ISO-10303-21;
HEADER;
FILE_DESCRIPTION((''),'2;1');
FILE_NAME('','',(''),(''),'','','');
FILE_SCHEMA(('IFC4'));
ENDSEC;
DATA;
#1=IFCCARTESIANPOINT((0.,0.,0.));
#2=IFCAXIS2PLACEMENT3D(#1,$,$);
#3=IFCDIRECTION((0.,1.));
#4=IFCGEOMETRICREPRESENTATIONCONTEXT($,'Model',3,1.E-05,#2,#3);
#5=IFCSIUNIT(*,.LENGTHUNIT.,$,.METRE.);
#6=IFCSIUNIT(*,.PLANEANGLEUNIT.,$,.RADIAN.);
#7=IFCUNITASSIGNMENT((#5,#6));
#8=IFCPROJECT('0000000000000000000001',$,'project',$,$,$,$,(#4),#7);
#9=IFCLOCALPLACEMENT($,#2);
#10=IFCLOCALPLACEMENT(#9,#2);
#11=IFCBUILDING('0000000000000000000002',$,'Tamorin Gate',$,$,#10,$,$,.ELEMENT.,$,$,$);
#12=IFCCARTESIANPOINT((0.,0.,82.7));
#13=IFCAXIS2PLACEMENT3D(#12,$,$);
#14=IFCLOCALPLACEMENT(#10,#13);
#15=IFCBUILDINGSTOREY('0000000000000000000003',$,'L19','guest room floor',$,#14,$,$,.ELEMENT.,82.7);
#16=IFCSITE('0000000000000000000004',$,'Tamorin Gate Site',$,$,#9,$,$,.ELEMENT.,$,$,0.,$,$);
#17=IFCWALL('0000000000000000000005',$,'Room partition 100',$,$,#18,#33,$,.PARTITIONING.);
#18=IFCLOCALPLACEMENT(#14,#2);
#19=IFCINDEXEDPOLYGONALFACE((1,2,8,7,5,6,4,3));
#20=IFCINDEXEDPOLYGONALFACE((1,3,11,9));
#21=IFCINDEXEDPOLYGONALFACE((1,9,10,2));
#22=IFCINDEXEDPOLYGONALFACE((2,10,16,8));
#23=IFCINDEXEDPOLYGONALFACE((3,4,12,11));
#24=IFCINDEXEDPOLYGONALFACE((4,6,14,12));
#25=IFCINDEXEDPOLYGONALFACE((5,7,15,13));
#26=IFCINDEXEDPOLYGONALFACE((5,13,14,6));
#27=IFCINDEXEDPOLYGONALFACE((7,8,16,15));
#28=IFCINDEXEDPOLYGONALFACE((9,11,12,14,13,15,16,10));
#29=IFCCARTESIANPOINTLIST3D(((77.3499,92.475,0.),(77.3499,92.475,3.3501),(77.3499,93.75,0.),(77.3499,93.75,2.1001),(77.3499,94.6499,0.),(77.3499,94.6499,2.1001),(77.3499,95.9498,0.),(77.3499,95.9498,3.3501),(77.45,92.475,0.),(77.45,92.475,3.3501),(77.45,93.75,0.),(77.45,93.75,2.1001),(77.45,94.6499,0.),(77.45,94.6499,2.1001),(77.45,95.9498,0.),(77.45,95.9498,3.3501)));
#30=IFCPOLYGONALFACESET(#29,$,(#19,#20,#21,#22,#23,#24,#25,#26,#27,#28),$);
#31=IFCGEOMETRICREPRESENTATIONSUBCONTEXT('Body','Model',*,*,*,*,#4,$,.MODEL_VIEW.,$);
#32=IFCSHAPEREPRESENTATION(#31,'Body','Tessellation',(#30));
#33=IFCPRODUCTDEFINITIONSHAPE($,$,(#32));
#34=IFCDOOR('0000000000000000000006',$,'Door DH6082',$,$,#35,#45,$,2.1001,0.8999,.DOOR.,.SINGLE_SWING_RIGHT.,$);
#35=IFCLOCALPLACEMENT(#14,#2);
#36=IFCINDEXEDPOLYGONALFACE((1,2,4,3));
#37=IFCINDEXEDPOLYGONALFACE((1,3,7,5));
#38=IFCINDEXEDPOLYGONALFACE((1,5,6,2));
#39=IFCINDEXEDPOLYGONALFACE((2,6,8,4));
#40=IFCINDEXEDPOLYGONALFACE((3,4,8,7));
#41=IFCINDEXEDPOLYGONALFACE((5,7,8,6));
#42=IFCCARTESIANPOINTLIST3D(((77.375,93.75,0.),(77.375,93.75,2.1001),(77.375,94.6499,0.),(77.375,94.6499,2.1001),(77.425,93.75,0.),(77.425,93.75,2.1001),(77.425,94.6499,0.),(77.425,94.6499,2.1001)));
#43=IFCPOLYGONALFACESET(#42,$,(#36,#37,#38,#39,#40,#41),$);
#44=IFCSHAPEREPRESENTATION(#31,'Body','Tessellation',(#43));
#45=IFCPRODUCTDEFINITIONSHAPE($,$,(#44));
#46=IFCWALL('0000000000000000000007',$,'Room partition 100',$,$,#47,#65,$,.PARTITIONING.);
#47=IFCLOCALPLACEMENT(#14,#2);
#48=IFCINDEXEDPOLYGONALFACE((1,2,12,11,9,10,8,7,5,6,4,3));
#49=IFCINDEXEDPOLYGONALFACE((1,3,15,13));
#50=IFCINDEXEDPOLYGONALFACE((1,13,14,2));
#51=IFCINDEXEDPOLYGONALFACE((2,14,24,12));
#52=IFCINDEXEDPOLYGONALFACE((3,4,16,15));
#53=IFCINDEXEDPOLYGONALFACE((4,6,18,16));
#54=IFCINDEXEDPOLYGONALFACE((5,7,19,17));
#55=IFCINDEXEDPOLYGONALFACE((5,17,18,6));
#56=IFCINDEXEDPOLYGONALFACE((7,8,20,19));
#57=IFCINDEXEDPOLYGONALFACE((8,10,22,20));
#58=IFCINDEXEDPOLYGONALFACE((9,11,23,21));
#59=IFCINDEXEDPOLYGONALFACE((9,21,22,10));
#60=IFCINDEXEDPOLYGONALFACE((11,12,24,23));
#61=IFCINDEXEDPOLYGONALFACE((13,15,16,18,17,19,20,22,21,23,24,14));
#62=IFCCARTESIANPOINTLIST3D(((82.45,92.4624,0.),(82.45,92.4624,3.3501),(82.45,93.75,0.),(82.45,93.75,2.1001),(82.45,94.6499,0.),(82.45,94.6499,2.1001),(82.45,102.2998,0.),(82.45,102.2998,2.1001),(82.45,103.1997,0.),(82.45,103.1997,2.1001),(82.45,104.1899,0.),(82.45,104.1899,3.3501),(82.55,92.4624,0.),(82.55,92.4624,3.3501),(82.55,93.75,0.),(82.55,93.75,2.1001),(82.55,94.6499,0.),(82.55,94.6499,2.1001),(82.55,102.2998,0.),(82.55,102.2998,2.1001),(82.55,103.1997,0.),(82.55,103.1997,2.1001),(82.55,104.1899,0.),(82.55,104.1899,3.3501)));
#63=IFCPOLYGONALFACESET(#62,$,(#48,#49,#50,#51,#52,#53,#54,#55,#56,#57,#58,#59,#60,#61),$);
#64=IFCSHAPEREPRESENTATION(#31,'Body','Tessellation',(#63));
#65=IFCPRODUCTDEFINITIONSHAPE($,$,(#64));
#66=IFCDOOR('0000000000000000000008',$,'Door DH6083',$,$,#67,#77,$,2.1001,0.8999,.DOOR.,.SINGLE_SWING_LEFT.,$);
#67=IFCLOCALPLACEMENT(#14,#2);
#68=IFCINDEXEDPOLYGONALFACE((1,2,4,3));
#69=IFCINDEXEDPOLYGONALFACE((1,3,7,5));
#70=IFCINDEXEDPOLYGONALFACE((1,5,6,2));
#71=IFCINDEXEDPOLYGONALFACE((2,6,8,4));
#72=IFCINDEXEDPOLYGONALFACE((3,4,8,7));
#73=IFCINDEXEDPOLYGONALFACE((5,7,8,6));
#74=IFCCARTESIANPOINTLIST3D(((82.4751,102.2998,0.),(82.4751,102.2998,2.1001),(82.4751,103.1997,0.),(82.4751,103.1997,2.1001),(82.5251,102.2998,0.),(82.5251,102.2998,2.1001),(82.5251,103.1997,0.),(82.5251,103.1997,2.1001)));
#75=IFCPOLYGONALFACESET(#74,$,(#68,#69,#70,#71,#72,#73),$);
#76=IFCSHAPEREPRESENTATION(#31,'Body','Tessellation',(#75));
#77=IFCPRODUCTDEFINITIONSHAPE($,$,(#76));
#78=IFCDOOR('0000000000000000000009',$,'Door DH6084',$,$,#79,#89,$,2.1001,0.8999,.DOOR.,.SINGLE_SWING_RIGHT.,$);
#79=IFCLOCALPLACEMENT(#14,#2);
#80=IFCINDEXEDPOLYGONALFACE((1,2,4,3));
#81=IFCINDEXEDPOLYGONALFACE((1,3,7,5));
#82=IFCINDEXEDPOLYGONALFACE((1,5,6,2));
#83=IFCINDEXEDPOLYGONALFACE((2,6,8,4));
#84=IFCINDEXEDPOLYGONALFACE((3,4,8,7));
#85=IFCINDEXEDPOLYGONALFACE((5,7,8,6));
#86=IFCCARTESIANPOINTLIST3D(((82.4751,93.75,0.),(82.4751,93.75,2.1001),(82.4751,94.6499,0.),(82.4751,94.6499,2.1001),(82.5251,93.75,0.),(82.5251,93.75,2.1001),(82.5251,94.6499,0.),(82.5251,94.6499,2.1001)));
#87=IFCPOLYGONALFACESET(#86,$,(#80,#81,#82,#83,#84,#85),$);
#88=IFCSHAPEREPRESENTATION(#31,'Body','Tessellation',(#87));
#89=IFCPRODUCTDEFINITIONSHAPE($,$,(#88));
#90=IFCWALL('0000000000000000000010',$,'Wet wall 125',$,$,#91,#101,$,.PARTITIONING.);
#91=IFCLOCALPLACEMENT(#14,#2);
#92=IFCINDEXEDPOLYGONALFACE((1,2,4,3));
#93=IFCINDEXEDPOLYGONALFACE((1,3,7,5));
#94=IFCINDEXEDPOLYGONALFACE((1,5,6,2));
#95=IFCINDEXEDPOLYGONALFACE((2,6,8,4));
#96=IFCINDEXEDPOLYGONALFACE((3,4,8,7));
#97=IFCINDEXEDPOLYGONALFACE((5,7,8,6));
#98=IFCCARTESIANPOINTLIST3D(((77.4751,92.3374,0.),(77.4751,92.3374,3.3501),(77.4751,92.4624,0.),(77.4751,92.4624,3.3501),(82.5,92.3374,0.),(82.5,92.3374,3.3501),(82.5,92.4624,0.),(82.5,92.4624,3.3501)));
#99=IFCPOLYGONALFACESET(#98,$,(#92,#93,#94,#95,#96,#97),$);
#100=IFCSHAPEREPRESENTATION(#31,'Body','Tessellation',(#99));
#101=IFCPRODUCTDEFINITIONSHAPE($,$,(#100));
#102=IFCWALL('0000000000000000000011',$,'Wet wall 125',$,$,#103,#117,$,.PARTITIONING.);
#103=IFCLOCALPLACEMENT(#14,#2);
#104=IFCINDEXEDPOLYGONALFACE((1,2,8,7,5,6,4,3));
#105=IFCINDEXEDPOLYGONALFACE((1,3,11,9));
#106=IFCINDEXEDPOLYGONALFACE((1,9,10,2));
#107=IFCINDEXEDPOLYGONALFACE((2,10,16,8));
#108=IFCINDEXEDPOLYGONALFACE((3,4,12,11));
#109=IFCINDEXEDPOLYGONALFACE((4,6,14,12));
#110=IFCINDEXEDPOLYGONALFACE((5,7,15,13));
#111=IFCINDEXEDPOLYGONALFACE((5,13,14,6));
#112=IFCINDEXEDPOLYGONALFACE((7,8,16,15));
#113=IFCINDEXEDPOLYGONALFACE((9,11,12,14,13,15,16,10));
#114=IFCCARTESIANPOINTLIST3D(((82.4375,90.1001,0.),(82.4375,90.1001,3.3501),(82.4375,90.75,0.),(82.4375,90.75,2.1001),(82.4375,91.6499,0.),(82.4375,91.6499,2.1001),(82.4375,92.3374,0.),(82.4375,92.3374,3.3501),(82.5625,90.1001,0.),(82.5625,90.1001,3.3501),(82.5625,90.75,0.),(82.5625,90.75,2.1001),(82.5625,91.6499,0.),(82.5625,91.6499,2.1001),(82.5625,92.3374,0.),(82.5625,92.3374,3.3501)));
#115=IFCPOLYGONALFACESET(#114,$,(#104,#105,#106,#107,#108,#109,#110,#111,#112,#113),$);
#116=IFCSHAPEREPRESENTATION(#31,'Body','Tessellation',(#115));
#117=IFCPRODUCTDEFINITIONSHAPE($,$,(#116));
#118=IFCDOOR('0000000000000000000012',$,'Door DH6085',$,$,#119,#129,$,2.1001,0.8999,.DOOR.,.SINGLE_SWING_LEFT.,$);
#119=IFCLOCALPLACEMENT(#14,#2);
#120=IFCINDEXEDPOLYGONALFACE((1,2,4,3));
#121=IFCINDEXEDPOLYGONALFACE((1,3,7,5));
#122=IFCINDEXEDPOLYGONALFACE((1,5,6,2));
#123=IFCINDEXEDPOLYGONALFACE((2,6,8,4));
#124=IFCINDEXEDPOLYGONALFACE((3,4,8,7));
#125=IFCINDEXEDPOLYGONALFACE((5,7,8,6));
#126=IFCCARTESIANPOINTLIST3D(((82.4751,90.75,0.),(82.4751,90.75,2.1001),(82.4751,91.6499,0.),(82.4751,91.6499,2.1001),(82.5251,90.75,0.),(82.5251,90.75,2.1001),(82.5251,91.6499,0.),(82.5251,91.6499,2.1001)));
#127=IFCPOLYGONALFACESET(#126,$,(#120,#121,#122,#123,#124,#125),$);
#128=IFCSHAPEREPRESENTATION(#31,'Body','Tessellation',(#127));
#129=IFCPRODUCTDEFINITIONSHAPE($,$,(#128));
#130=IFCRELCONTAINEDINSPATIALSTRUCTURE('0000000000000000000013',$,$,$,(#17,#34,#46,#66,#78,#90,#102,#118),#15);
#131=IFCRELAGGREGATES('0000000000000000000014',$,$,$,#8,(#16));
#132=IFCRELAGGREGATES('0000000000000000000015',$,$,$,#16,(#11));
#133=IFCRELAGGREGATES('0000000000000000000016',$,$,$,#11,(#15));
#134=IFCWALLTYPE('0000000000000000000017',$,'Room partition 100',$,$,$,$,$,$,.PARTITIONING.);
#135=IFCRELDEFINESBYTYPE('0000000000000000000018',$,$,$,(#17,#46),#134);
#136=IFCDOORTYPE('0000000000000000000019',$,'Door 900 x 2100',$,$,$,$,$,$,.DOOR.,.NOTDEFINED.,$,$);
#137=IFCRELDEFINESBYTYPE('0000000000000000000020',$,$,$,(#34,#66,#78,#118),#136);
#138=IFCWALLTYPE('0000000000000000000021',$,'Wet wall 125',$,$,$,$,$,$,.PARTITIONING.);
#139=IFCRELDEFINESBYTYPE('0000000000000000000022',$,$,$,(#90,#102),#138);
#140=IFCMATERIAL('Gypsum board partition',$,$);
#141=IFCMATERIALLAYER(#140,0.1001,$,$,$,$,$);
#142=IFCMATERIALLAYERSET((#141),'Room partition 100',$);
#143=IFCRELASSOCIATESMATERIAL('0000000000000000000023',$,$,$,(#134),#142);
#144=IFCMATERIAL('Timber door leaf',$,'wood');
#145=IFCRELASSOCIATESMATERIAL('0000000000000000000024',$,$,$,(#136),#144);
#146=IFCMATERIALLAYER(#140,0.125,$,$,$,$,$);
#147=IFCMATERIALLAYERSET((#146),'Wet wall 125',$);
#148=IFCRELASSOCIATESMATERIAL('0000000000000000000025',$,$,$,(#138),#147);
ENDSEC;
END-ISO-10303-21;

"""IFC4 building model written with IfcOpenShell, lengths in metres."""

from ifc_helpers import new_model, si_unit, direction, frame, frame_2d, origin, place, context, subcontext, project, spatial, rectangle, extrude, material, layer, layer_set, type_object, element, fill, save


model = new_model("IFC4")

# Units and contexts
model_context = context("Model", 3, precision=1e-05, world=origin(), true_north=direction((0.0, 1.0)))
body_context = subcontext(model_context, "Body", "Model", "MODEL_VIEW")
ifc_project = project(units=[si_unit("LENGTHUNIT", "METRE"), si_unit("PLANEANGLEUNIT", "RADIAN")], contexts=[model_context])

# Site, building, storey
site_placement = place(None, origin())
site = spatial("IfcSite", under=ifc_project, at=site_placement, Name="Tamorin Gate Site", CompositionType="ELEMENT", RefElevation=0.0)
building_placement = place(site_placement, origin())
building = spatial("IfcBuilding", under=site, at=building_placement, Name="Tamorin Gate", CompositionType="ELEMENT")
storey_placement = place(building_placement, frame((0.0, 0.0, 82.7)))
storey = spatial("IfcBuildingStorey", under=building, at=storey_placement, Name="L19", Description="guest room floor", CompositionType="ELEMENT", Elevation=82.7)

# Shared definitions
ifc_material_1 = material(Name="Gypsum board partition")

# Wall, opening, door
ifc_layer_1 = layer(ifc_material_1, 0.1001)
ifc_layer_set_1 = layer_set([ifc_layer_1], Name="Room partition 100")
wall_type_1 = type_object("IfcWallType", Name="Room partition 100", PredefinedType="PARTITIONING", material=ifc_layer_set_1)
ifc_material_2 = material(Name="Timber door leaf", Category="wood")
door_type = type_object("IfcDoorType", Name="Door 900 x 2100", OperationType="NOTDEFINED", PredefinedType="DOOR", material=ifc_material_2)
wall_1_placement = place(storey_placement, frame((77.3999, 92.4751, 0.0), z_axis=(0.0, 0.0, 1.0), x_axis=(0.0, 1.0, 0.0)))
wall_1 = element("IfcWall", 1, at=wall_1_placement, inside=storey, type_object=wall_type_1, Name="Room partition 100", PredefinedType="PARTITIONING", context=body_context, shape_type="SweptSolid", body=[
    extrude(rectangle(XDim=3.4749, YDim=0.1001, at=frame_2d((1.7373, 0.0))), origin(), (0.0, 0.0, 1.0), 3.3501),
])
opening_1_placement = place(wall_1_placement, frame((1.2749, 0.0, 0.0)))
opening_1 = element("IfcOpeningElement", 2, at=opening_1_placement, cuts=wall_1, PredefinedType="OPENING", context=body_context, shape_type="SweptSolid", body=[
    extrude(rectangle(XDim=0.8999, YDim=2.1001, at=frame_2d((0.45, 1.05))), frame((0.0, 0.0601, 0.0), z_axis=(0.0, -1.0, 0.0), x_axis=(1.0, 0.0, 0.0)), (0.0, 0.0, 1.0), 0.1201),
])
door_1_placement = place(opening_1_placement, origin())
door_1 = element("IfcDoor", 3, at=door_1_placement, inside=storey, type_object=door_type, Name="Door DH6082", OperationType="SINGLE_SWING_RIGHT", OverallHeight=2.1001, OverallWidth=0.8999, PredefinedType="DOOR", context=body_context, shape_type="SweptSolid", body=[
    extrude(rectangle(XDim=0.8999, YDim=2.1001, at=frame_2d((0.45, 1.05))), frame((0.0, 0.0249, 0.0), z_axis=(0.0, -1.0, 0.0), x_axis=(1.0, 0.0, 0.0)), (0.0, 0.0, 1.0), 0.05),
])
fill(opening_1, door_1)

# Wall, openings, doors
wall_2_placement = place(storey_placement, frame((82.5, 92.4624, 0.0), z_axis=(0.0, 0.0, 1.0), x_axis=(0.0, 1.0, 0.0)))
wall_2 = element("IfcWall", 4, at=wall_2_placement, inside=storey, type_object=wall_type_1, Name="Room partition 100", PredefinedType="PARTITIONING", context=body_context, shape_type="SweptSolid", body=[
    extrude(rectangle(XDim=11.7275, YDim=0.1001, at=frame_2d((5.8638, 0.0))), origin(), (0.0, 0.0, 1.0), 3.3501),
])
opening_2_placement = place(wall_2_placement, frame((9.8374, 0.0, 0.0)))
opening_2 = element("IfcOpeningElement", 5, at=opening_2_placement, cuts=wall_2, PredefinedType="OPENING", context=body_context, shape_type="SweptSolid", body=[
    extrude(rectangle(XDim=0.8999, YDim=2.1001, at=frame_2d((0.45, 1.05))), frame((0.0, 0.0601, 0.0), z_axis=(0.0, -1.0, 0.0), x_axis=(1.0, 0.0, 0.0)), (0.0, 0.0, 1.0), 0.1201),
])
opening_3_placement = place(wall_2_placement, frame((1.2876, 0.0, 0.0)))
opening_3 = element("IfcOpeningElement", 6, at=opening_3_placement, cuts=wall_2, PredefinedType="OPENING", context=body_context, shape_type="SweptSolid", body=[
    extrude(rectangle(XDim=0.8999, YDim=2.1001, at=frame_2d((0.45, 1.05))), frame((0.0, 0.0601, 0.0), z_axis=(0.0, -1.0, 0.0), x_axis=(1.0, 0.0, 0.0)), (0.0, 0.0, 1.0), 0.1201),
])
door_2_placement = place(opening_2_placement, origin())
door_2 = element("IfcDoor", 7, at=door_2_placement, inside=storey, type_object=door_type, Name="Door DH6083", OperationType="SINGLE_SWING_LEFT", OverallHeight=2.1001, OverallWidth=0.8999, PredefinedType="DOOR", context=body_context, shape_type="SweptSolid", body=[
    extrude(rectangle(XDim=0.8999, YDim=2.1001, at=frame_2d((0.45, 1.05))), frame((0.0, 0.0249, 0.0), z_axis=(0.0, -1.0, 0.0), x_axis=(1.0, 0.0, 0.0)), (0.0, 0.0, 1.0), 0.05),
])
fill(opening_2, door_2)
door_3_placement = place(opening_3_placement, origin())
door_3 = element("IfcDoor", 8, at=door_3_placement, inside=storey, type_object=door_type, Name="Door DH6084", OperationType="SINGLE_SWING_RIGHT", OverallHeight=2.1001, OverallWidth=0.8999, PredefinedType="DOOR", context=body_context, shape_type="SweptSolid", body=[
    extrude(rectangle(XDim=0.8999, YDim=2.1001, at=frame_2d((0.45, 1.05))), frame((0.0, 0.0249, 0.0), z_axis=(0.0, -1.0, 0.0), x_axis=(1.0, 0.0, 0.0)), (0.0, 0.0, 1.0), 0.05),
])
fill(opening_3, door_3)

# Wall
ifc_layer_2 = layer(ifc_material_1, 0.125)
ifc_layer_set_2 = layer_set([ifc_layer_2], Name="Wet wall 125")
wall_type_2 = type_object("IfcWallType", Name="Wet wall 125", PredefinedType="PARTITIONING", material=ifc_layer_set_2)
wall_3_placement = place(storey_placement, frame((77.4751, 92.3999, 0.0), z_axis=(0.0, 0.0, 1.0), x_axis=(1.0, 0.0, 0.0)))
element("IfcWall", 9, at=wall_3_placement, inside=storey, type_object=wall_type_2, Name="Wet wall 125", PredefinedType="PARTITIONING", context=body_context, shape_type="SweptSolid", body=[
    extrude(rectangle(XDim=5.0249, YDim=0.125, at=frame_2d((2.5125, 0.0))), origin(), (0.0, 0.0, 1.0), 3.3501),
])

# Wall, opening, door
wall_4_placement = place(storey_placement, frame((82.5, 90.1001, 0.0), z_axis=(0.0, 0.0, 1.0), x_axis=(0.0, 1.0, 0.0)))
wall_4 = element("IfcWall", 10, at=wall_4_placement, inside=storey, type_object=wall_type_2, Name="Wet wall 125", PredefinedType="PARTITIONING", context=body_context, shape_type="SweptSolid", body=[
    extrude(rectangle(XDim=2.2373, YDim=0.125, at=frame_2d((1.1187, 0.0))), origin(), (0.0, 0.0, 1.0), 3.3501),
])
opening_4_placement = place(wall_4_placement, frame((0.6499, 0.0, 0.0)))
opening_4 = element("IfcOpeningElement", 11, at=opening_4_placement, cuts=wall_4, PredefinedType="OPENING", context=body_context, shape_type="SweptSolid", body=[
    extrude(rectangle(XDim=0.8999, YDim=2.1001, at=frame_2d((0.45, 1.05))), frame((0.0, 0.0725, 0.0), z_axis=(0.0, -1.0, 0.0), x_axis=(1.0, 0.0, 0.0)), (0.0, 0.0, 1.0), 0.145),
])
door_4_placement = place(opening_4_placement, origin())
door_4 = element("IfcDoor", 12, at=door_4_placement, inside=storey, type_object=door_type, Name="Door DH6085", OperationType="SINGLE_SWING_LEFT", OverallHeight=2.1001, OverallWidth=0.8999, PredefinedType="DOOR", context=body_context, shape_type="SweptSolid", body=[
    extrude(rectangle(XDim=0.8999, YDim=2.1001, at=frame_2d((0.45, 1.05))), frame((0.0, 0.0249, 0.0), z_axis=(0.0, -1.0, 0.0), x_axis=(1.0, 0.0, 0.0)), (0.0, 0.0, 1.0), 0.05),
])
fill(opening_4, door_4)

save(model, "model.ifc")
